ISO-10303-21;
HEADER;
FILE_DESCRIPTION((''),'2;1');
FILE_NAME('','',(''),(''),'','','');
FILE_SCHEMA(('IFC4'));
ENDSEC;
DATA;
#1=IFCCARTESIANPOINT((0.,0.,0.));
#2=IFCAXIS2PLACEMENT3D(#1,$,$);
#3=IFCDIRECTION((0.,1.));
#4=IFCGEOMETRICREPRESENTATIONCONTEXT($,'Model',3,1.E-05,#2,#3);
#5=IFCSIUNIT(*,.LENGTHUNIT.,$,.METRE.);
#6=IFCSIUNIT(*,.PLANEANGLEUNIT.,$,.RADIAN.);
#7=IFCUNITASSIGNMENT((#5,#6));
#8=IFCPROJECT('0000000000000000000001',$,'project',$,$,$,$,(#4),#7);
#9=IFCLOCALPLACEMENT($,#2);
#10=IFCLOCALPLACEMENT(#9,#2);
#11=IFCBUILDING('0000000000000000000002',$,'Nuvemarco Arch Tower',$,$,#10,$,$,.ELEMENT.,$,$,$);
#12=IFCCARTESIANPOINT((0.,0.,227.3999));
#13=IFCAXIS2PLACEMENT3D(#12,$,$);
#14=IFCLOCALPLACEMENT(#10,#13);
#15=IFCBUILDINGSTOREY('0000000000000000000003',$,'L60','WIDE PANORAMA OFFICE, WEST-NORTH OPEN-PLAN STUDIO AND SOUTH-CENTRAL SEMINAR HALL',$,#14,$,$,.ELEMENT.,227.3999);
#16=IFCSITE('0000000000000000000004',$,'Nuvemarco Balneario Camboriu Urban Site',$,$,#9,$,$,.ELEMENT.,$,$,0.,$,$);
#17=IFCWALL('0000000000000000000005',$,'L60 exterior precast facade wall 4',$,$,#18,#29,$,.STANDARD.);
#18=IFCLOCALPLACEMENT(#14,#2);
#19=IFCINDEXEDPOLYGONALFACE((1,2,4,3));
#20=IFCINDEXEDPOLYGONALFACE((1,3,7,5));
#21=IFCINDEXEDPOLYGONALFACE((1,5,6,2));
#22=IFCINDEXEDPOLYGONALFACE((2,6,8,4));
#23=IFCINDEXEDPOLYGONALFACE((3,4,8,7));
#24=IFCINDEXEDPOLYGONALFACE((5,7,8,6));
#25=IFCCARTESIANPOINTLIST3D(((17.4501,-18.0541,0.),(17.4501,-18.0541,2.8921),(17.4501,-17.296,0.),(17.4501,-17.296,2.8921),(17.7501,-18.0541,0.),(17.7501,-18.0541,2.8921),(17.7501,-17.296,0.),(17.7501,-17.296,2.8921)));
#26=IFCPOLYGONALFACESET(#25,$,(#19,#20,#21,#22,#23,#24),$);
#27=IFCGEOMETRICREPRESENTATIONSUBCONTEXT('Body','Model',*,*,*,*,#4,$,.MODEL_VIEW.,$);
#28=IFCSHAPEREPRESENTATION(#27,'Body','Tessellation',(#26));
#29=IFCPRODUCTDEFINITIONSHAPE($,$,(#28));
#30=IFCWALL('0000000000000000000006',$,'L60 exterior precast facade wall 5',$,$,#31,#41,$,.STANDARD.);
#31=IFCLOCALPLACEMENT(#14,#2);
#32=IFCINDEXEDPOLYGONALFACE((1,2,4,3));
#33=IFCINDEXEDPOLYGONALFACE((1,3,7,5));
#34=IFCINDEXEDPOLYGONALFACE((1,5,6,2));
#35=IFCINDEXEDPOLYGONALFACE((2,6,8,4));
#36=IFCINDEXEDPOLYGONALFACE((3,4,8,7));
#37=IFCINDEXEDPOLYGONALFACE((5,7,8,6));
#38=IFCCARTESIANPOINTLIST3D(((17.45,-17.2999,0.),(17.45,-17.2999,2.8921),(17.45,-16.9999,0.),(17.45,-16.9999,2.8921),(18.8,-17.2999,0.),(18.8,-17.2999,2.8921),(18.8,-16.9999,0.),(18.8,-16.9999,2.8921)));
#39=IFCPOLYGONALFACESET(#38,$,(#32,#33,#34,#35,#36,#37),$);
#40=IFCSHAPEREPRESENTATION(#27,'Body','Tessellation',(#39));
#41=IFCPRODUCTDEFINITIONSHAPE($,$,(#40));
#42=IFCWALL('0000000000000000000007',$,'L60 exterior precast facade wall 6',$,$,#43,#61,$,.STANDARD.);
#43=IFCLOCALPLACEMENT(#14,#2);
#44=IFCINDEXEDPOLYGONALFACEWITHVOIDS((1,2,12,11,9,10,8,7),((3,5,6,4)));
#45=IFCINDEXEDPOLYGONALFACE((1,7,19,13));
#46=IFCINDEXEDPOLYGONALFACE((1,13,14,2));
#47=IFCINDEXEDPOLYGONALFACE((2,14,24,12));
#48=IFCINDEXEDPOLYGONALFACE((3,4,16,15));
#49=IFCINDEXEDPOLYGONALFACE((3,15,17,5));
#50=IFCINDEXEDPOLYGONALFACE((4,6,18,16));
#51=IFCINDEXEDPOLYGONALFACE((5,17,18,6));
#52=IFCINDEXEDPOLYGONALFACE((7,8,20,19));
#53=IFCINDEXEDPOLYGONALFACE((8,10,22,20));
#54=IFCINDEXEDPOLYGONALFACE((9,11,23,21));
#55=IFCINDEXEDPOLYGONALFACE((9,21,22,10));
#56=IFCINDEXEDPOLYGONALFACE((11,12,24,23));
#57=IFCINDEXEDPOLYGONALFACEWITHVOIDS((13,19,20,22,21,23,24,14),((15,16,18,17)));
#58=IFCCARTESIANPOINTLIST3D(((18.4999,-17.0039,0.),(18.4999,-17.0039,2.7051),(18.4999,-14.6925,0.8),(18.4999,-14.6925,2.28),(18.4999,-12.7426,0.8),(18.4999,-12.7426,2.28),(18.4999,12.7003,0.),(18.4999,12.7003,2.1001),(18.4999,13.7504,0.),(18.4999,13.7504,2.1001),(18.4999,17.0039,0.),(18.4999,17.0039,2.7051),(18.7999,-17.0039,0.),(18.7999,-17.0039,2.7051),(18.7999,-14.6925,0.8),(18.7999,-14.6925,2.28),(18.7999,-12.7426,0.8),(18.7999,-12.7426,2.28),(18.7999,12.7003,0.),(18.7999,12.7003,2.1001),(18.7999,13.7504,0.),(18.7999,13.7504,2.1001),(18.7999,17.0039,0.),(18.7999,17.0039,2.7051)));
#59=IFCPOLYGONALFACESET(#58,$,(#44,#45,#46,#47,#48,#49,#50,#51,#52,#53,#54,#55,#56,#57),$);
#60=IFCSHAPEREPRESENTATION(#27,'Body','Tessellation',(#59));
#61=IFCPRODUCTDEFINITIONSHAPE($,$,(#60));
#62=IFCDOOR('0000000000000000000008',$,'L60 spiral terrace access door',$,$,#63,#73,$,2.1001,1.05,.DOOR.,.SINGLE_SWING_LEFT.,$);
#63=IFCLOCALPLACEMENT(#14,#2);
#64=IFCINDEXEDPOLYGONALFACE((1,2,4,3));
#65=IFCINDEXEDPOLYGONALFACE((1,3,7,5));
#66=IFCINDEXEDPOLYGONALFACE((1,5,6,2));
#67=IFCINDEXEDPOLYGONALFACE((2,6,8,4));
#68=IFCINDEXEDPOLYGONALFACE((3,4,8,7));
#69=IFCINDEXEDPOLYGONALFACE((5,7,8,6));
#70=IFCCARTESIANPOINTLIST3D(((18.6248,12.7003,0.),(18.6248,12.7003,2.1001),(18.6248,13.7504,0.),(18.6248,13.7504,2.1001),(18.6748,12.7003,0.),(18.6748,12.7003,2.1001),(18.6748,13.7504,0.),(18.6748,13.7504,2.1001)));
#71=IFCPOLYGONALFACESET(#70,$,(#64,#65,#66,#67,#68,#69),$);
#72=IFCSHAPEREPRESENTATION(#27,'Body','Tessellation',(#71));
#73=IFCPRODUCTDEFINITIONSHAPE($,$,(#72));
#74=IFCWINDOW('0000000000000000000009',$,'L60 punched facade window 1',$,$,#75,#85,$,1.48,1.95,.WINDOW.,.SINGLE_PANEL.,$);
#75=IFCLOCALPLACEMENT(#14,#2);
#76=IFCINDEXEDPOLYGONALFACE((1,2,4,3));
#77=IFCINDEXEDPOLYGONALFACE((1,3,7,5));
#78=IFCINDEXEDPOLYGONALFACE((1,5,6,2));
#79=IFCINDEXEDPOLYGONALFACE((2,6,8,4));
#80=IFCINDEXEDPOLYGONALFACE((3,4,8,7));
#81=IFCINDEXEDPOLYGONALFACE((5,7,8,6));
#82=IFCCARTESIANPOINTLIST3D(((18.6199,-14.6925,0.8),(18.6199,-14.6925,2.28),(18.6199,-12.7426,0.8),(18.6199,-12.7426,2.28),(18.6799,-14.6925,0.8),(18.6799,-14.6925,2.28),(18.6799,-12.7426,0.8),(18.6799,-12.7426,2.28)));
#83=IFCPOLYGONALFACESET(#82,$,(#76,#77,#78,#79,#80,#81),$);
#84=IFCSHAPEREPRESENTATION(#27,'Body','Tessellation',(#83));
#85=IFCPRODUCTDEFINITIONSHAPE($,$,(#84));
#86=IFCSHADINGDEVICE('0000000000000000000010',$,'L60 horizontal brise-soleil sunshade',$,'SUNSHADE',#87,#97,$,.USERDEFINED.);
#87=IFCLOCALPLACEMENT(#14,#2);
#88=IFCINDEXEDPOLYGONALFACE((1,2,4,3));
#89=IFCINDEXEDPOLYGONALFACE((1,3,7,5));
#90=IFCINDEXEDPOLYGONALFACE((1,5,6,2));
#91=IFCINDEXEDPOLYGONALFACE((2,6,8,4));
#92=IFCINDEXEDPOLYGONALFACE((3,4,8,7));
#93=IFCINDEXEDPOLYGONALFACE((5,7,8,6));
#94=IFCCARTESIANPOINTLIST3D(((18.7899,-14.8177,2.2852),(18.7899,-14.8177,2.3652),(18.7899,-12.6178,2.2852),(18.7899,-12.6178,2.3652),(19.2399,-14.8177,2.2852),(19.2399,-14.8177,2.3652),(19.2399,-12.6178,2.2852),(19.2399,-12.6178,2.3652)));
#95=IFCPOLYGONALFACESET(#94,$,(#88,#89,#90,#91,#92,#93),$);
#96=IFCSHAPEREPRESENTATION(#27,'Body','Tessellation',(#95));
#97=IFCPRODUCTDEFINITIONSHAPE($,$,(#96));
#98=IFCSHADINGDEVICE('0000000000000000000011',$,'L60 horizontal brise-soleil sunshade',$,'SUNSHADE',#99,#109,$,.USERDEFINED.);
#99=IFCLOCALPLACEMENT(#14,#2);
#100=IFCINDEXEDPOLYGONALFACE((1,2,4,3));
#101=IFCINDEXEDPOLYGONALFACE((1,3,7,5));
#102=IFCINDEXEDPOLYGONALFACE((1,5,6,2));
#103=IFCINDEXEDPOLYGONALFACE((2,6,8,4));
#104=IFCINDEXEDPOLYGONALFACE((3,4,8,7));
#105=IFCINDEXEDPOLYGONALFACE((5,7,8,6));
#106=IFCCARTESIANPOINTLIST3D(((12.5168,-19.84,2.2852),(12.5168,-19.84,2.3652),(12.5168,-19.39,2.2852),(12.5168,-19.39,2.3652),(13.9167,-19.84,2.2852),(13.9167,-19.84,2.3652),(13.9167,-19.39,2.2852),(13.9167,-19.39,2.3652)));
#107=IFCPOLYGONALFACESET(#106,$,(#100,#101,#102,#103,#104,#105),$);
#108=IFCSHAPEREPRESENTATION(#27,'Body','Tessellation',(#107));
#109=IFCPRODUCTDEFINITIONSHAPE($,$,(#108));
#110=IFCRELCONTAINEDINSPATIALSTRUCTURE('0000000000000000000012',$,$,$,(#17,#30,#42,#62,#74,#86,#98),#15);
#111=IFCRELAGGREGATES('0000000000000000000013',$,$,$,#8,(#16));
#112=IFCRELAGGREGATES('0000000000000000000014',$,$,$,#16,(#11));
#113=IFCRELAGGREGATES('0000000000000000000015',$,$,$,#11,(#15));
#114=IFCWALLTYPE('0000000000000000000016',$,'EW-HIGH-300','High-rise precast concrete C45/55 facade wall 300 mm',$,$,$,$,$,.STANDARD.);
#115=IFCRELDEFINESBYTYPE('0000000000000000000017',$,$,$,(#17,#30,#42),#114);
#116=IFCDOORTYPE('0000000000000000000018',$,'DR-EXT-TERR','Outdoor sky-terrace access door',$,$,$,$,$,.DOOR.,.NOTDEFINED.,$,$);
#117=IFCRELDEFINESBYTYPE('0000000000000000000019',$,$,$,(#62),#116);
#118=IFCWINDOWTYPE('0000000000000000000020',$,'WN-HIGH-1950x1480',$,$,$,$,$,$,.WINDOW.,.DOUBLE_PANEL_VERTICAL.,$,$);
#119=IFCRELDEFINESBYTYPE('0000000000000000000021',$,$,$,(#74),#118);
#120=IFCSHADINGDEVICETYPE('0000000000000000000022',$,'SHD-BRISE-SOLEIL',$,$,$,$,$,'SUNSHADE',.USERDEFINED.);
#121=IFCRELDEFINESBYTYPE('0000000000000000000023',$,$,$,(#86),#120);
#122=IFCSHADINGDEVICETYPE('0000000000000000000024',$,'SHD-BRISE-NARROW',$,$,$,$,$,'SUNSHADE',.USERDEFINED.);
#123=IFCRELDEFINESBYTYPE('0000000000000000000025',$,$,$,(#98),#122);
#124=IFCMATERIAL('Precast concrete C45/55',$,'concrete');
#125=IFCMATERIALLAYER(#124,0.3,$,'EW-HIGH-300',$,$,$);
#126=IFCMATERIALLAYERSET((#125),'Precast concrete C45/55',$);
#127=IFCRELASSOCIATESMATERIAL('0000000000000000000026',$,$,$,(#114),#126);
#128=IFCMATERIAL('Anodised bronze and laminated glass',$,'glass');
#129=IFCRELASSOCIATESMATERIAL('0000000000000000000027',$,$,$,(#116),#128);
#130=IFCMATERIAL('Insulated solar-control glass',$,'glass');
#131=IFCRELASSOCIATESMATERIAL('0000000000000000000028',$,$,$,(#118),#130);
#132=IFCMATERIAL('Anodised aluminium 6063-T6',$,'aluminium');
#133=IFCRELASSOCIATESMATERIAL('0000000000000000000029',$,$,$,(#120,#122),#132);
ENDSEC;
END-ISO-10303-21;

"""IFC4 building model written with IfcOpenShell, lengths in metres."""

from ifc_helpers import new_model, si_unit, direction, frame, frame_2d, origin, origin_2d, place, context, subcontext, project, spatial, rectangle, extrude, source, transform, mapped, material, layer, layer_set, type_object, type_shapes, element, fill, save


model = new_model("IFC4")

# Units and contexts
model_context = context("Model", 3, precision=1e-05, world=origin(), true_north=direction((0.0, 1.0)))
body_context = subcontext(model_context, "Body", "Model", "MODEL_VIEW")
ifc_project = project(units=[si_unit("LENGTHUNIT", "METRE"), si_unit("PLANEANGLEUNIT", "RADIAN")], contexts=[model_context])

# Site, building, storey
site_placement = place(None, origin())
site = spatial("IfcSite", under=ifc_project, at=site_placement, Name="Nuvemarco Balneario Camboriu Urban Site", CompositionType="ELEMENT", RefElevation=0.0)
building_placement = place(site_placement, origin())
building = spatial("IfcBuilding", under=site, at=building_placement, Name="Nuvemarco Arch Tower", CompositionType="ELEMENT")
storey_placement = place(building_placement, frame((0.0, 0.0, 227.3999)))
storey = spatial("IfcBuildingStorey", under=building, at=storey_placement, Name="L60", Description="WIDE PANORAMA OFFICE, WEST-NORTH OPEN-PLAN STUDIO AND SOUTH-CENTRAL SEMINAR HALL", CompositionType="ELEMENT", Elevation=227.3999)

# Shared definitions
ifc_material_1 = material(Name="Precast concrete C45/55", Category="concrete")

# Walls
ifc_layer = layer(ifc_material_1, 0.3, Name="EW-HIGH-300")
ifc_layer_set = layer_set([ifc_layer], Name="Precast concrete C45/55")
wall_type = type_object("IfcWallType", Name="EW-HIGH-300", Description="High-rise precast concrete C45/55 facade wall 300 mm", PredefinedType="STANDARD", material=ifc_layer_set)
wall_1_placement = place(storey_placement, frame((17.6001, -18.054, 0.0), z_axis=(0.0, 0.0, 1.0), x_axis=(0.0, 1.0, 0.0)))
element("IfcWall", 1, at=wall_1_placement, inside=storey, type_object=wall_type, Name="L60 exterior precast facade wall 4", PredefinedType="STANDARD", context=body_context, shape_type="SweptSolid", body=[
    extrude(rectangle(XDim=0.7581, YDim=0.3, at=frame_2d((0.3789, 0.0))), origin(), (0.0, 0.0, 1.0), 2.8921),
])
wall_2_placement = place(storey_placement, frame((17.45, -17.1499, 0.0), z_axis=(0.0, 0.0, 1.0), x_axis=(1.0, 0.0, 0.0)))
element("IfcWall", 2, at=wall_2_placement, inside=storey, type_object=wall_type, Name="L60 exterior precast facade wall 5", PredefinedType="STANDARD", context=body_context, shape_type="SweptSolid", body=[
    extrude(rectangle(XDim=1.3501, YDim=0.3, at=frame_2d((0.675, 0.0))), origin(), (0.0, 0.0, 1.0), 2.8921),
])

# Wall, openings, door, window
wall_3_placement = place(storey_placement, frame((18.6499, -17.0039, 0.0), z_axis=(0.0, 0.0, 1.0), x_axis=(0.0, 1.0, 0.0)))
wall_3 = element("IfcWall", 3, at=wall_3_placement, inside=storey, type_object=wall_type, Name="L60 exterior precast facade wall 6", PredefinedType="STANDARD", context=body_context, shape_type="SweptSolid", body=[
    extrude(rectangle(XDim=34.0078, YDim=0.3, at=frame_2d((17.0039, 0.0))), origin(), (0.0, 0.0, 1.0), 2.7051),
])
opening_1_placement = place(wall_3_placement, frame((30.7542, 0.0, 0.0), z_axis=(0.0, 0.0, 1.0), x_axis=(-1.0, 0.0, 0.0)))
opening_1 = element("IfcOpeningElement", 4, at=opening_1_placement, cuts=wall_3, PredefinedType="OPENING", context=body_context, shape_type="SweptSolid", body=[
    extrude(rectangle(XDim=1.05, YDim=2.1001, at=frame_2d((0.5249, 1.05))), frame((0.0, 0.1599, 0.0), z_axis=(0.0, -1.0, 0.0), x_axis=(1.0, 0.0, 0.0)), (0.0, 0.0, 1.0), 0.3201),
])
opening_2_placement = place(wall_3_placement, frame((2.3113, 0.0, 0.8)))
opening_2 = element("IfcOpeningElement", 5, at=opening_2_placement, cuts=wall_3, PredefinedType="OPENING", context=body_context, shape_type="SweptSolid", body=[
    extrude(rectangle(XDim=1.95, YDim=1.48, at=frame_2d((0.9751, 0.74))), frame((0.0, 0.1599, 0.0), z_axis=(0.0, -1.0, 0.0), x_axis=(1.0, 0.0, 0.0)), (0.0, 0.0, 1.0), 0.3201),
])
ifc_material_2 = material(Name="Anodised bronze and laminated glass", Category="glass")
door_type = type_object("IfcDoorType", Name="DR-EXT-TERR", Description="Outdoor sky-terrace access door", OperationType="NOTDEFINED", PredefinedType="DOOR", material=ifc_material_2)
shared_shape_1 = source(origin(), body_context, "Body", "SweptSolid", [
    extrude(rectangle(XDim=1.05, YDim=2.1001, at=frame_2d((0.5249, 1.05))), frame((0.0, 0.0249, 0.0), z_axis=(0.0, -1.0, 0.0), x_axis=(1.0, 0.0, 0.0)), (0.0, 0.0, 1.0), 0.05),
])
type_shapes(door_type, [shared_shape_1])
door_placement = place(opening_1_placement, origin())
door = element("IfcDoor", 6, at=door_placement, inside=storey, type_object=door_type, Name="L60 spiral terrace access door", OperationType="SINGLE_SWING_LEFT", OverallHeight=2.1001, OverallWidth=1.05, PredefinedType="DOOR", context=body_context, shape_type="MappedRepresentation", body=[
    mapped(shared_shape_1, transform((0.0, 0.0, 0.0), scale=1.0)),
])
fill(opening_1, door)
ifc_material_3 = material(Name="Insulated solar-control glass", Category="glass")
window_type = type_object("IfcWindowType", Name="WN-HIGH-1950x1480", PartitioningType="DOUBLE_PANEL_VERTICAL", PredefinedType="WINDOW", material=ifc_material_3)
shared_shape_2 = source(origin(), body_context, "Body", "SweptSolid", [
    extrude(rectangle(XDim=1.95, YDim=1.48, at=frame_2d((0.9751, 0.74))), frame((0.0, 0.03, 0.0), z_axis=(0.0, -1.0, 0.0), x_axis=(1.0, 0.0, 0.0)), (0.0, 0.0, 1.0), 0.0601),
])
type_shapes(window_type, [shared_shape_2])
window_placement = place(opening_2_placement, origin())
window = element("IfcWindow", 7, at=window_placement, inside=storey, type_object=window_type, Name="L60 punched facade window 1", OverallHeight=1.48, OverallWidth=1.95, PartitioningType="SINGLE_PANEL", PredefinedType="WINDOW", context=body_context, shape_type="MappedRepresentation", body=[
    mapped(shared_shape_2, transform((0.0, 0.0, 0.0), scale=1.0)),
])
fill(opening_2, window)

# Shading devices
ifc_material_4 = material(Name="Anodised aluminium 6063-T6", Category="aluminium")
shading_device_type_1 = type_object("IfcShadingDeviceType", Name="SHD-BRISE-SOLEIL", ElementType="SUNSHADE", PredefinedType="USERDEFINED", material=ifc_material_4)
shared_shape_3 = source(origin(), body_context, "Body", "SweptSolid", [
    extrude(rectangle(XDim=2.2, YDim=0.45, at=origin_2d()), origin(), (0.0, 0.0, 1.0), 0.0801),
])
type_shapes(shading_device_type_1, [shared_shape_3])
shading_device_1_placement = place(storey_placement, frame((19.0149, -13.7178, 2.2852), z_axis=(0.0, 0.0, 1.0), x_axis=(0.0, 1.0, 0.0)))
element("IfcShadingDevice", 8, at=shading_device_1_placement, inside=storey, type_object=shading_device_type_1, Name="L60 horizontal brise-soleil sunshade", ObjectType="SUNSHADE", PredefinedType="USERDEFINED", context=body_context, shape_type="MappedRepresentation", body=[
    mapped(shared_shape_3, transform((0.0, 0.0, 0.0), scale=1.0)),
])
shading_device_type_2 = type_object("IfcShadingDeviceType", Name="SHD-BRISE-NARROW", ElementType="SUNSHADE", PredefinedType="USERDEFINED", material=ifc_material_4)
shared_shape_4 = source(origin(), body_context, "Body", "SweptSolid", [
    extrude(rectangle(XDim=1.3999, YDim=0.45, at=origin_2d()), origin(), (0.0, 0.0, 1.0), 0.0801),
])
type_shapes(shading_device_type_2, [shared_shape_4])
shading_device_2_placement = place(storey_placement, frame((13.2168, -19.615, 2.2852), z_axis=(0.0, 0.0, 1.0), x_axis=(1.0, 0.0, 0.0)))
element("IfcShadingDevice", 9, at=shading_device_2_placement, inside=storey, type_object=shading_device_type_2, Name="L60 horizontal brise-soleil sunshade", ObjectType="SUNSHADE", PredefinedType="USERDEFINED", context=body_context, shape_type="MappedRepresentation", body=[
    mapped(shared_shape_4, transform((0.0, 0.0, 0.0), scale=1.0)),
])

save(model, "model.ifc")
